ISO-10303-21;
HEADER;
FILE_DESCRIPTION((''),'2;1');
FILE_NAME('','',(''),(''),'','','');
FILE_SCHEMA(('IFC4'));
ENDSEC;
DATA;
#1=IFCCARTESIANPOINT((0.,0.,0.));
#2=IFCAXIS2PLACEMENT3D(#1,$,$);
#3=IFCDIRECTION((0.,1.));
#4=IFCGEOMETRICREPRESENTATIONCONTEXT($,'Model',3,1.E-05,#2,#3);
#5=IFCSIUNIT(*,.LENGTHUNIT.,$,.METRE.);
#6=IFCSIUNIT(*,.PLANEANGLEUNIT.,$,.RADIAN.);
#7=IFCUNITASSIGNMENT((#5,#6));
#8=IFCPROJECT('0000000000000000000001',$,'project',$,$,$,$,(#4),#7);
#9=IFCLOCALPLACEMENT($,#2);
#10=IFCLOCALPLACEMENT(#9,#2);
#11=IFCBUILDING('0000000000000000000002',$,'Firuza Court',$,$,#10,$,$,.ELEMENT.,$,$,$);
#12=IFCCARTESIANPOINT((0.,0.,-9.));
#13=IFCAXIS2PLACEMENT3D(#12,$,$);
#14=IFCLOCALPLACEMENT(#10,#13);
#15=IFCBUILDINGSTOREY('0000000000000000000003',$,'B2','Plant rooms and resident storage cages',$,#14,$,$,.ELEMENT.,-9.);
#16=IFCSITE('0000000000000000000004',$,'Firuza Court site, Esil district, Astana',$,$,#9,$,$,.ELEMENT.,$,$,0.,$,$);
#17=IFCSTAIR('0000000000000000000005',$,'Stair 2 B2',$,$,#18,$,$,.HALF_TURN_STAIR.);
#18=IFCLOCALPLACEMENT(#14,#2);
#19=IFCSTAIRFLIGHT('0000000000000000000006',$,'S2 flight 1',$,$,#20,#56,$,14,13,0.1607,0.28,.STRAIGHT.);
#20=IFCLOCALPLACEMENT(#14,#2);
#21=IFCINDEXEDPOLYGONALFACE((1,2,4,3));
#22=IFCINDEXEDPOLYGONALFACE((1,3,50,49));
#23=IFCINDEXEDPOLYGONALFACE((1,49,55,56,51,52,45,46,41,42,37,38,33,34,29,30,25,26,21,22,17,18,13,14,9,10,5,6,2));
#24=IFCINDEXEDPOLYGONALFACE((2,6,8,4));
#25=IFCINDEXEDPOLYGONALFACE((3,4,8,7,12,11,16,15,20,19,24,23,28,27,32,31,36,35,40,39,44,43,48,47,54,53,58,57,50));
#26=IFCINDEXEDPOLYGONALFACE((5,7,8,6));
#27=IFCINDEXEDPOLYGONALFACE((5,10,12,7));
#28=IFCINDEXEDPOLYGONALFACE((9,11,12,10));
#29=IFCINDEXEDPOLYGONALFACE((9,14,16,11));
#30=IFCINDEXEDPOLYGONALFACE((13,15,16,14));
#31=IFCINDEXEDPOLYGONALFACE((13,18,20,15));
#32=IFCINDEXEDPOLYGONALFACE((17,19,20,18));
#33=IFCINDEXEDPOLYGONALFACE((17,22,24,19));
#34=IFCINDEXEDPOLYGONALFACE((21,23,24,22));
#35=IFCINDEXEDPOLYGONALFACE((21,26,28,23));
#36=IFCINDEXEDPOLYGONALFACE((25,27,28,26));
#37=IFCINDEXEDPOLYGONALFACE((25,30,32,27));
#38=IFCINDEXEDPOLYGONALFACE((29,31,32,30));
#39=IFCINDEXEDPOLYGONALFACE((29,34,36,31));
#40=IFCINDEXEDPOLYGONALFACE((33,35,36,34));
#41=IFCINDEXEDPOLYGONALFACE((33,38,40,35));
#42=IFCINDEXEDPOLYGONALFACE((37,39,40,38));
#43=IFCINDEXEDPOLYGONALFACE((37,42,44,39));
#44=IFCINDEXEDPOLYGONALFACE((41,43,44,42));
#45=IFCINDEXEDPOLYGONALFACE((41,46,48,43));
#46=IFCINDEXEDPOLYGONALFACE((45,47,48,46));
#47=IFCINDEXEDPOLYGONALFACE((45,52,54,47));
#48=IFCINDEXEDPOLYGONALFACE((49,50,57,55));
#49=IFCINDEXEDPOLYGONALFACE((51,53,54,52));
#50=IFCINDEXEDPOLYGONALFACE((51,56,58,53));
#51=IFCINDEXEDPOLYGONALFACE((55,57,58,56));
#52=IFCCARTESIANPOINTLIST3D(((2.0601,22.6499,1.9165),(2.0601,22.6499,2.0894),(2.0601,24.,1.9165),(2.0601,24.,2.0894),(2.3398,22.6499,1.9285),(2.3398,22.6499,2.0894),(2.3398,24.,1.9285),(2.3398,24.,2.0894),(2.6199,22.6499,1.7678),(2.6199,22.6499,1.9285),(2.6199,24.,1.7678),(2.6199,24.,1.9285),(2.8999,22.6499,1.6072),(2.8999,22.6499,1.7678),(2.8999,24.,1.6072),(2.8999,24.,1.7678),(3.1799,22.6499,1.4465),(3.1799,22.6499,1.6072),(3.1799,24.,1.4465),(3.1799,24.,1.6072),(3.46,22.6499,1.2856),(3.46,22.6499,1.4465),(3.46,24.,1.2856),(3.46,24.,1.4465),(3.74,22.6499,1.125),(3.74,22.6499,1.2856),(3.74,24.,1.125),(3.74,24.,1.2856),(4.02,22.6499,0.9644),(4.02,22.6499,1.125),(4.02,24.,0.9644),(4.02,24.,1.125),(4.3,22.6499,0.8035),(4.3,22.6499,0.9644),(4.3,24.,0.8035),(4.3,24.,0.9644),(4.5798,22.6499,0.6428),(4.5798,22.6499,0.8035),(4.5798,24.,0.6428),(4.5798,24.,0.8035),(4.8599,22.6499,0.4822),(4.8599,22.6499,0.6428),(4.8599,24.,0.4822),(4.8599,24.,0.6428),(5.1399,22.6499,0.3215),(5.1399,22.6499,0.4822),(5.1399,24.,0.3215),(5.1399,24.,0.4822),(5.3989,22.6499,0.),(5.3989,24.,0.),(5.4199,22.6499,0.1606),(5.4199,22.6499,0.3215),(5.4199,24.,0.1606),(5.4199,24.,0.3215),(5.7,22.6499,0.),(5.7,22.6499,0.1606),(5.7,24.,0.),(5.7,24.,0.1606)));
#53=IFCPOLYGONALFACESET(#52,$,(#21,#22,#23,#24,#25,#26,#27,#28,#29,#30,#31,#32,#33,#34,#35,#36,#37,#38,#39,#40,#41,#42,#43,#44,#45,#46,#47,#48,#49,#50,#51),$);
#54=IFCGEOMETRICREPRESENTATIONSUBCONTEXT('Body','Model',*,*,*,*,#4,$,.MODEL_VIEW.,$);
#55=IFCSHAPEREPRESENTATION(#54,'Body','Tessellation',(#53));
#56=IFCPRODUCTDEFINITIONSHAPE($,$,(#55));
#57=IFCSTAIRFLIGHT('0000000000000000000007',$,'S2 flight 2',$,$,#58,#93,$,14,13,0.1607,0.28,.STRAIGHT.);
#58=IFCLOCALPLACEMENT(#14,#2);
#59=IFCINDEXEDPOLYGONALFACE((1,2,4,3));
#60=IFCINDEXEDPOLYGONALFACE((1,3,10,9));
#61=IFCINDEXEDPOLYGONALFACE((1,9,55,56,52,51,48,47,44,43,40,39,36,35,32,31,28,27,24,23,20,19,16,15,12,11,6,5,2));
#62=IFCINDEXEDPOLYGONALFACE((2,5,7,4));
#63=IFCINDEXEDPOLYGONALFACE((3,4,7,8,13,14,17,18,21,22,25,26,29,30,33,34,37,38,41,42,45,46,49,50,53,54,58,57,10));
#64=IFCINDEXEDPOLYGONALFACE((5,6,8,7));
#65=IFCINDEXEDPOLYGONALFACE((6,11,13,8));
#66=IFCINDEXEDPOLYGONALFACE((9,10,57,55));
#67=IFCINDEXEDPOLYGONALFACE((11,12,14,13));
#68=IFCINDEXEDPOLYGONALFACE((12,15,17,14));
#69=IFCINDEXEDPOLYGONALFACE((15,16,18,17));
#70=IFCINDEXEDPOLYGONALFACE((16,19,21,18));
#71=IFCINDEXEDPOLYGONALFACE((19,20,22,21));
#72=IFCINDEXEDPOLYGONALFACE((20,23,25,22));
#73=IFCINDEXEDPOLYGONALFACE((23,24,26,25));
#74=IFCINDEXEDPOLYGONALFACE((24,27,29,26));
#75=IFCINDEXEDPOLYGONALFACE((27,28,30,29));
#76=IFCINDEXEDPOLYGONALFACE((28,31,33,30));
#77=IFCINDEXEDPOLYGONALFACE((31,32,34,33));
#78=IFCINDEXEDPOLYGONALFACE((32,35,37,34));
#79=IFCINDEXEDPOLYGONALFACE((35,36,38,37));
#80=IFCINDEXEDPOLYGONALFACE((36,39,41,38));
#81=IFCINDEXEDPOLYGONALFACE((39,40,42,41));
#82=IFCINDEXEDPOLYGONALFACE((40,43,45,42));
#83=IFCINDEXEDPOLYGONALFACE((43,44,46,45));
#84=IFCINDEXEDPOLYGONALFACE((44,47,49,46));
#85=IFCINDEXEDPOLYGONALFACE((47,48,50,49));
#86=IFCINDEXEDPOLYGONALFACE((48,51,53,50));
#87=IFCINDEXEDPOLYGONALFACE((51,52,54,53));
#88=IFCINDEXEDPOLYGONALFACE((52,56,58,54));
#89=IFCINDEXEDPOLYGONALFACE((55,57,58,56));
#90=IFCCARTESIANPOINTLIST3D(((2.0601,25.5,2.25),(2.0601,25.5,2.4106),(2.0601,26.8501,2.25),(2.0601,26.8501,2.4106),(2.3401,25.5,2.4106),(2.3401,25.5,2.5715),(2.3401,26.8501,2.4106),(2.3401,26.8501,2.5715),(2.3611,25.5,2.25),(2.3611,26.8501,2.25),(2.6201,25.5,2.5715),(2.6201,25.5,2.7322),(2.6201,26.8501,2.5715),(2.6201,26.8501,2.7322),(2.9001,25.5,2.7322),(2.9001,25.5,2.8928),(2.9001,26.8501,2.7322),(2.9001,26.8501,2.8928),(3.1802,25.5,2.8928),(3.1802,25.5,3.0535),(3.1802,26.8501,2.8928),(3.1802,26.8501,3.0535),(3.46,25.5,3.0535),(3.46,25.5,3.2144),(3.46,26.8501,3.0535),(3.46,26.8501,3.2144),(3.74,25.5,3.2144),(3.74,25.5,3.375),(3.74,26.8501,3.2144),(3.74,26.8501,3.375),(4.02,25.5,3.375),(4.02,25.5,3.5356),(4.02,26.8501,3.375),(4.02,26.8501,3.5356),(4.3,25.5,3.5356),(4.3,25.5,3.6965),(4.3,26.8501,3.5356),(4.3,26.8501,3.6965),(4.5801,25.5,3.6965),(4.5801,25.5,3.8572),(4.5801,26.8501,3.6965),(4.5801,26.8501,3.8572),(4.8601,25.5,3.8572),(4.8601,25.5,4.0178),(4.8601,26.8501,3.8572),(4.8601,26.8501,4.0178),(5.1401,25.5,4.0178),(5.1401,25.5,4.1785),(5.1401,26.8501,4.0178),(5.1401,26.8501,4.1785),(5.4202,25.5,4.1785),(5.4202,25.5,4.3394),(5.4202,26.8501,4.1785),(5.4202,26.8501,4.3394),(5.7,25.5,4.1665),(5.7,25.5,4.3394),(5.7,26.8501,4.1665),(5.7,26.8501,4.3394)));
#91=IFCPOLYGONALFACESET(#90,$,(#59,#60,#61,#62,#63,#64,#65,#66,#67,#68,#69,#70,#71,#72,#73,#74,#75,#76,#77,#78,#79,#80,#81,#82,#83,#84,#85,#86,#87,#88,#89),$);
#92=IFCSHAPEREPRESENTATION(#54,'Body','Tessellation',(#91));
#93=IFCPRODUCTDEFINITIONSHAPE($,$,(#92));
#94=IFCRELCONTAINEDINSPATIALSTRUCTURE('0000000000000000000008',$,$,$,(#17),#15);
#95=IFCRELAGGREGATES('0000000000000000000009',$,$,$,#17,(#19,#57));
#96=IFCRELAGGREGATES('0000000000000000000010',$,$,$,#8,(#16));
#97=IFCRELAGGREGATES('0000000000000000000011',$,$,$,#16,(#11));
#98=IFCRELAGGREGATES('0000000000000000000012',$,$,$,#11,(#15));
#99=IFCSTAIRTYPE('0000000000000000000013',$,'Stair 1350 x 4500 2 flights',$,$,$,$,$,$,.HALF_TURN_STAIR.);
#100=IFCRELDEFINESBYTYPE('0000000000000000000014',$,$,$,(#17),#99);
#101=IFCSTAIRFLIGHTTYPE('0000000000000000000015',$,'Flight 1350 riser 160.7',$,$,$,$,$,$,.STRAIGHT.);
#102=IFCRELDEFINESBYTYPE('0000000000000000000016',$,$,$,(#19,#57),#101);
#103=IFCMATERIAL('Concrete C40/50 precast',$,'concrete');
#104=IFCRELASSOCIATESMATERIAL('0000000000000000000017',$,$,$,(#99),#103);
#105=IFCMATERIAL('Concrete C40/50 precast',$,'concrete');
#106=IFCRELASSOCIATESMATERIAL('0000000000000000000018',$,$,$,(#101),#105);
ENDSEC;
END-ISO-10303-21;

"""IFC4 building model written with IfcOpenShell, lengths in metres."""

from ifc_helpers import new_model, si_unit, direction, frame, origin, place, context, subcontext, project, spatial, polyline, outline, extrude, material, type_object, element, aggregate, save


model = new_model("IFC4")

# Units and contexts
model_context = context("Model", 3, precision=1e-05, world=origin(), true_north=direction((0.0, 1.0)))
body_context = subcontext(model_context, "Body", "Model", "MODEL_VIEW")
ifc_project = project(units=[si_unit("LENGTHUNIT", "METRE"), si_unit("PLANEANGLEUNIT", "RADIAN")], contexts=[model_context])

# Site, building, storey
site_placement = place(None, origin())
site = spatial("IfcSite", under=ifc_project, at=site_placement, Name="Firuza Court site, Esil district, Astana", CompositionType="ELEMENT", RefElevation=0.0)
building_placement = place(site_placement, origin())
building = spatial("IfcBuilding", under=site, at=building_placement, Name="Firuza Court", CompositionType="ELEMENT")
storey_placement = place(building_placement, frame((0.0, 0.0, -9.0)))
storey = spatial("IfcBuildingStorey", under=building, at=storey_placement, Name="B2", Description="Plant rooms and resident storage cages", CompositionType="ELEMENT", Elevation=-9.0)

# Stair, stair flights
ifc_material_1 = material(Name="Concrete C40/50 precast", Category="concrete")
stair_type = type_object("IfcStairType", Name="Stair 1350 x 4500 2 flights", PredefinedType="HALF_TURN_STAIR", material=ifc_material_1)
stair_placement = place(storey_placement, origin())
stair = element("IfcStair", 1, at=stair_placement, inside=storey, type_object=stair_type, Name="Stair 2 B2", PredefinedType="HALF_TURN_STAIR")
ifc_material_2 = material(Name="Concrete C40/50 precast", Category="concrete")
stair_flight_type = type_object("IfcStairFlightType", Name="Flight 1350 riser 160.7", PredefinedType="STRAIGHT", material=ifc_material_2)
stair_flight_1_placement = place(storey_placement, frame((5.7, 23.325, 0.0), z_axis=(0.0, 0.0, 1.0), x_axis=(-1.0, 0.0, 0.0)))
stair_flight_1 = element("IfcStairFlight", 2, at=stair_flight_1_placement, type_object=stair_flight_type, Name="S2 flight 1", NumberOfRisers=14, NumberOfTreads=13, PredefinedType="STRAIGHT", RiserHeight=0.1607, TreadLength=0.28, context=body_context, shape_type="SweptSolid", body=[
    extrude(outline(polyline([(0.0, 0.0), (0.0, 0.1606), (0.28, 0.1606), (0.28, 0.3215), (0.5601, 0.3215), (0.5601, 0.4822), (0.8401, 0.4822), (0.8401, 0.6428), (1.1201, 0.6428), (1.1201, 0.8035), (1.3999, 0.8035), (1.3999, 0.9644), (1.6799, 0.9644), (1.6799, 1.125), (1.96, 1.125), (1.96, 1.2856), (2.24, 1.2856), (2.24, 1.4465), (2.52, 1.4465), (2.52, 1.6072), (2.8, 1.6072), (2.8, 1.7678), (3.0801, 1.7678), (3.0801, 1.9285), (3.3601, 1.9285), (3.3601, 2.0894), (3.6399, 2.0894), (3.6399, 2.25), (3.6399, 1.9165), (0.301, 0.0), (0.0, 0.0)])), frame((0.0, 0.675, 0.0), z_axis=(0.0, -1.0, 0.0), x_axis=(1.0, 0.0, 0.0)), (0.0, 0.0, 1.0), 1.3501),
])
stair_flight_2_placement = place(storey_placement, frame((2.0601, 26.175, 2.25), z_axis=(0.0, 0.0, 1.0), x_axis=(1.0, 0.0, 0.0)))
stair_flight_2 = element("IfcStairFlight", 3, at=stair_flight_2_placement, type_object=stair_flight_type, Name="S2 flight 2", NumberOfRisers=14, NumberOfTreads=13, PredefinedType="STRAIGHT", RiserHeight=0.1607, TreadLength=0.28, context=body_context, shape_type="SweptSolid", body=[
    extrude(outline(polyline([(0.0, 0.0), (0.0, 0.1606), (0.28, 0.1606), (0.28, 0.3215), (0.5601, 0.3215), (0.5601, 0.4822), (0.8401, 0.4822), (0.8401, 0.6428), (1.1201, 0.6428), (1.1201, 0.8035), (1.3999, 0.8035), (1.3999, 0.9644), (1.6799, 0.9644), (1.6799, 1.125), (1.96, 1.125), (1.96, 1.2856), (2.24, 1.2856), (2.24, 1.4465), (2.52, 1.4465), (2.52, 1.6072), (2.8, 1.6072), (2.8, 1.7678), (3.0801, 1.7678), (3.0801, 1.9285), (3.3601, 1.9285), (3.3601, 2.0894), (3.6399, 2.0894), (3.6399, 2.25), (3.6399, 1.9165), (0.301, 0.0), (0.0, 0.0)])), frame((0.0, 0.675, 0.0), z_axis=(0.0, -1.0, 0.0), x_axis=(1.0, 0.0, 0.0)), (0.0, 0.0, 1.0), 1.3501),
])
aggregate(stair, [stair_flight_1, stair_flight_2])

save(model, "model.ifc")
